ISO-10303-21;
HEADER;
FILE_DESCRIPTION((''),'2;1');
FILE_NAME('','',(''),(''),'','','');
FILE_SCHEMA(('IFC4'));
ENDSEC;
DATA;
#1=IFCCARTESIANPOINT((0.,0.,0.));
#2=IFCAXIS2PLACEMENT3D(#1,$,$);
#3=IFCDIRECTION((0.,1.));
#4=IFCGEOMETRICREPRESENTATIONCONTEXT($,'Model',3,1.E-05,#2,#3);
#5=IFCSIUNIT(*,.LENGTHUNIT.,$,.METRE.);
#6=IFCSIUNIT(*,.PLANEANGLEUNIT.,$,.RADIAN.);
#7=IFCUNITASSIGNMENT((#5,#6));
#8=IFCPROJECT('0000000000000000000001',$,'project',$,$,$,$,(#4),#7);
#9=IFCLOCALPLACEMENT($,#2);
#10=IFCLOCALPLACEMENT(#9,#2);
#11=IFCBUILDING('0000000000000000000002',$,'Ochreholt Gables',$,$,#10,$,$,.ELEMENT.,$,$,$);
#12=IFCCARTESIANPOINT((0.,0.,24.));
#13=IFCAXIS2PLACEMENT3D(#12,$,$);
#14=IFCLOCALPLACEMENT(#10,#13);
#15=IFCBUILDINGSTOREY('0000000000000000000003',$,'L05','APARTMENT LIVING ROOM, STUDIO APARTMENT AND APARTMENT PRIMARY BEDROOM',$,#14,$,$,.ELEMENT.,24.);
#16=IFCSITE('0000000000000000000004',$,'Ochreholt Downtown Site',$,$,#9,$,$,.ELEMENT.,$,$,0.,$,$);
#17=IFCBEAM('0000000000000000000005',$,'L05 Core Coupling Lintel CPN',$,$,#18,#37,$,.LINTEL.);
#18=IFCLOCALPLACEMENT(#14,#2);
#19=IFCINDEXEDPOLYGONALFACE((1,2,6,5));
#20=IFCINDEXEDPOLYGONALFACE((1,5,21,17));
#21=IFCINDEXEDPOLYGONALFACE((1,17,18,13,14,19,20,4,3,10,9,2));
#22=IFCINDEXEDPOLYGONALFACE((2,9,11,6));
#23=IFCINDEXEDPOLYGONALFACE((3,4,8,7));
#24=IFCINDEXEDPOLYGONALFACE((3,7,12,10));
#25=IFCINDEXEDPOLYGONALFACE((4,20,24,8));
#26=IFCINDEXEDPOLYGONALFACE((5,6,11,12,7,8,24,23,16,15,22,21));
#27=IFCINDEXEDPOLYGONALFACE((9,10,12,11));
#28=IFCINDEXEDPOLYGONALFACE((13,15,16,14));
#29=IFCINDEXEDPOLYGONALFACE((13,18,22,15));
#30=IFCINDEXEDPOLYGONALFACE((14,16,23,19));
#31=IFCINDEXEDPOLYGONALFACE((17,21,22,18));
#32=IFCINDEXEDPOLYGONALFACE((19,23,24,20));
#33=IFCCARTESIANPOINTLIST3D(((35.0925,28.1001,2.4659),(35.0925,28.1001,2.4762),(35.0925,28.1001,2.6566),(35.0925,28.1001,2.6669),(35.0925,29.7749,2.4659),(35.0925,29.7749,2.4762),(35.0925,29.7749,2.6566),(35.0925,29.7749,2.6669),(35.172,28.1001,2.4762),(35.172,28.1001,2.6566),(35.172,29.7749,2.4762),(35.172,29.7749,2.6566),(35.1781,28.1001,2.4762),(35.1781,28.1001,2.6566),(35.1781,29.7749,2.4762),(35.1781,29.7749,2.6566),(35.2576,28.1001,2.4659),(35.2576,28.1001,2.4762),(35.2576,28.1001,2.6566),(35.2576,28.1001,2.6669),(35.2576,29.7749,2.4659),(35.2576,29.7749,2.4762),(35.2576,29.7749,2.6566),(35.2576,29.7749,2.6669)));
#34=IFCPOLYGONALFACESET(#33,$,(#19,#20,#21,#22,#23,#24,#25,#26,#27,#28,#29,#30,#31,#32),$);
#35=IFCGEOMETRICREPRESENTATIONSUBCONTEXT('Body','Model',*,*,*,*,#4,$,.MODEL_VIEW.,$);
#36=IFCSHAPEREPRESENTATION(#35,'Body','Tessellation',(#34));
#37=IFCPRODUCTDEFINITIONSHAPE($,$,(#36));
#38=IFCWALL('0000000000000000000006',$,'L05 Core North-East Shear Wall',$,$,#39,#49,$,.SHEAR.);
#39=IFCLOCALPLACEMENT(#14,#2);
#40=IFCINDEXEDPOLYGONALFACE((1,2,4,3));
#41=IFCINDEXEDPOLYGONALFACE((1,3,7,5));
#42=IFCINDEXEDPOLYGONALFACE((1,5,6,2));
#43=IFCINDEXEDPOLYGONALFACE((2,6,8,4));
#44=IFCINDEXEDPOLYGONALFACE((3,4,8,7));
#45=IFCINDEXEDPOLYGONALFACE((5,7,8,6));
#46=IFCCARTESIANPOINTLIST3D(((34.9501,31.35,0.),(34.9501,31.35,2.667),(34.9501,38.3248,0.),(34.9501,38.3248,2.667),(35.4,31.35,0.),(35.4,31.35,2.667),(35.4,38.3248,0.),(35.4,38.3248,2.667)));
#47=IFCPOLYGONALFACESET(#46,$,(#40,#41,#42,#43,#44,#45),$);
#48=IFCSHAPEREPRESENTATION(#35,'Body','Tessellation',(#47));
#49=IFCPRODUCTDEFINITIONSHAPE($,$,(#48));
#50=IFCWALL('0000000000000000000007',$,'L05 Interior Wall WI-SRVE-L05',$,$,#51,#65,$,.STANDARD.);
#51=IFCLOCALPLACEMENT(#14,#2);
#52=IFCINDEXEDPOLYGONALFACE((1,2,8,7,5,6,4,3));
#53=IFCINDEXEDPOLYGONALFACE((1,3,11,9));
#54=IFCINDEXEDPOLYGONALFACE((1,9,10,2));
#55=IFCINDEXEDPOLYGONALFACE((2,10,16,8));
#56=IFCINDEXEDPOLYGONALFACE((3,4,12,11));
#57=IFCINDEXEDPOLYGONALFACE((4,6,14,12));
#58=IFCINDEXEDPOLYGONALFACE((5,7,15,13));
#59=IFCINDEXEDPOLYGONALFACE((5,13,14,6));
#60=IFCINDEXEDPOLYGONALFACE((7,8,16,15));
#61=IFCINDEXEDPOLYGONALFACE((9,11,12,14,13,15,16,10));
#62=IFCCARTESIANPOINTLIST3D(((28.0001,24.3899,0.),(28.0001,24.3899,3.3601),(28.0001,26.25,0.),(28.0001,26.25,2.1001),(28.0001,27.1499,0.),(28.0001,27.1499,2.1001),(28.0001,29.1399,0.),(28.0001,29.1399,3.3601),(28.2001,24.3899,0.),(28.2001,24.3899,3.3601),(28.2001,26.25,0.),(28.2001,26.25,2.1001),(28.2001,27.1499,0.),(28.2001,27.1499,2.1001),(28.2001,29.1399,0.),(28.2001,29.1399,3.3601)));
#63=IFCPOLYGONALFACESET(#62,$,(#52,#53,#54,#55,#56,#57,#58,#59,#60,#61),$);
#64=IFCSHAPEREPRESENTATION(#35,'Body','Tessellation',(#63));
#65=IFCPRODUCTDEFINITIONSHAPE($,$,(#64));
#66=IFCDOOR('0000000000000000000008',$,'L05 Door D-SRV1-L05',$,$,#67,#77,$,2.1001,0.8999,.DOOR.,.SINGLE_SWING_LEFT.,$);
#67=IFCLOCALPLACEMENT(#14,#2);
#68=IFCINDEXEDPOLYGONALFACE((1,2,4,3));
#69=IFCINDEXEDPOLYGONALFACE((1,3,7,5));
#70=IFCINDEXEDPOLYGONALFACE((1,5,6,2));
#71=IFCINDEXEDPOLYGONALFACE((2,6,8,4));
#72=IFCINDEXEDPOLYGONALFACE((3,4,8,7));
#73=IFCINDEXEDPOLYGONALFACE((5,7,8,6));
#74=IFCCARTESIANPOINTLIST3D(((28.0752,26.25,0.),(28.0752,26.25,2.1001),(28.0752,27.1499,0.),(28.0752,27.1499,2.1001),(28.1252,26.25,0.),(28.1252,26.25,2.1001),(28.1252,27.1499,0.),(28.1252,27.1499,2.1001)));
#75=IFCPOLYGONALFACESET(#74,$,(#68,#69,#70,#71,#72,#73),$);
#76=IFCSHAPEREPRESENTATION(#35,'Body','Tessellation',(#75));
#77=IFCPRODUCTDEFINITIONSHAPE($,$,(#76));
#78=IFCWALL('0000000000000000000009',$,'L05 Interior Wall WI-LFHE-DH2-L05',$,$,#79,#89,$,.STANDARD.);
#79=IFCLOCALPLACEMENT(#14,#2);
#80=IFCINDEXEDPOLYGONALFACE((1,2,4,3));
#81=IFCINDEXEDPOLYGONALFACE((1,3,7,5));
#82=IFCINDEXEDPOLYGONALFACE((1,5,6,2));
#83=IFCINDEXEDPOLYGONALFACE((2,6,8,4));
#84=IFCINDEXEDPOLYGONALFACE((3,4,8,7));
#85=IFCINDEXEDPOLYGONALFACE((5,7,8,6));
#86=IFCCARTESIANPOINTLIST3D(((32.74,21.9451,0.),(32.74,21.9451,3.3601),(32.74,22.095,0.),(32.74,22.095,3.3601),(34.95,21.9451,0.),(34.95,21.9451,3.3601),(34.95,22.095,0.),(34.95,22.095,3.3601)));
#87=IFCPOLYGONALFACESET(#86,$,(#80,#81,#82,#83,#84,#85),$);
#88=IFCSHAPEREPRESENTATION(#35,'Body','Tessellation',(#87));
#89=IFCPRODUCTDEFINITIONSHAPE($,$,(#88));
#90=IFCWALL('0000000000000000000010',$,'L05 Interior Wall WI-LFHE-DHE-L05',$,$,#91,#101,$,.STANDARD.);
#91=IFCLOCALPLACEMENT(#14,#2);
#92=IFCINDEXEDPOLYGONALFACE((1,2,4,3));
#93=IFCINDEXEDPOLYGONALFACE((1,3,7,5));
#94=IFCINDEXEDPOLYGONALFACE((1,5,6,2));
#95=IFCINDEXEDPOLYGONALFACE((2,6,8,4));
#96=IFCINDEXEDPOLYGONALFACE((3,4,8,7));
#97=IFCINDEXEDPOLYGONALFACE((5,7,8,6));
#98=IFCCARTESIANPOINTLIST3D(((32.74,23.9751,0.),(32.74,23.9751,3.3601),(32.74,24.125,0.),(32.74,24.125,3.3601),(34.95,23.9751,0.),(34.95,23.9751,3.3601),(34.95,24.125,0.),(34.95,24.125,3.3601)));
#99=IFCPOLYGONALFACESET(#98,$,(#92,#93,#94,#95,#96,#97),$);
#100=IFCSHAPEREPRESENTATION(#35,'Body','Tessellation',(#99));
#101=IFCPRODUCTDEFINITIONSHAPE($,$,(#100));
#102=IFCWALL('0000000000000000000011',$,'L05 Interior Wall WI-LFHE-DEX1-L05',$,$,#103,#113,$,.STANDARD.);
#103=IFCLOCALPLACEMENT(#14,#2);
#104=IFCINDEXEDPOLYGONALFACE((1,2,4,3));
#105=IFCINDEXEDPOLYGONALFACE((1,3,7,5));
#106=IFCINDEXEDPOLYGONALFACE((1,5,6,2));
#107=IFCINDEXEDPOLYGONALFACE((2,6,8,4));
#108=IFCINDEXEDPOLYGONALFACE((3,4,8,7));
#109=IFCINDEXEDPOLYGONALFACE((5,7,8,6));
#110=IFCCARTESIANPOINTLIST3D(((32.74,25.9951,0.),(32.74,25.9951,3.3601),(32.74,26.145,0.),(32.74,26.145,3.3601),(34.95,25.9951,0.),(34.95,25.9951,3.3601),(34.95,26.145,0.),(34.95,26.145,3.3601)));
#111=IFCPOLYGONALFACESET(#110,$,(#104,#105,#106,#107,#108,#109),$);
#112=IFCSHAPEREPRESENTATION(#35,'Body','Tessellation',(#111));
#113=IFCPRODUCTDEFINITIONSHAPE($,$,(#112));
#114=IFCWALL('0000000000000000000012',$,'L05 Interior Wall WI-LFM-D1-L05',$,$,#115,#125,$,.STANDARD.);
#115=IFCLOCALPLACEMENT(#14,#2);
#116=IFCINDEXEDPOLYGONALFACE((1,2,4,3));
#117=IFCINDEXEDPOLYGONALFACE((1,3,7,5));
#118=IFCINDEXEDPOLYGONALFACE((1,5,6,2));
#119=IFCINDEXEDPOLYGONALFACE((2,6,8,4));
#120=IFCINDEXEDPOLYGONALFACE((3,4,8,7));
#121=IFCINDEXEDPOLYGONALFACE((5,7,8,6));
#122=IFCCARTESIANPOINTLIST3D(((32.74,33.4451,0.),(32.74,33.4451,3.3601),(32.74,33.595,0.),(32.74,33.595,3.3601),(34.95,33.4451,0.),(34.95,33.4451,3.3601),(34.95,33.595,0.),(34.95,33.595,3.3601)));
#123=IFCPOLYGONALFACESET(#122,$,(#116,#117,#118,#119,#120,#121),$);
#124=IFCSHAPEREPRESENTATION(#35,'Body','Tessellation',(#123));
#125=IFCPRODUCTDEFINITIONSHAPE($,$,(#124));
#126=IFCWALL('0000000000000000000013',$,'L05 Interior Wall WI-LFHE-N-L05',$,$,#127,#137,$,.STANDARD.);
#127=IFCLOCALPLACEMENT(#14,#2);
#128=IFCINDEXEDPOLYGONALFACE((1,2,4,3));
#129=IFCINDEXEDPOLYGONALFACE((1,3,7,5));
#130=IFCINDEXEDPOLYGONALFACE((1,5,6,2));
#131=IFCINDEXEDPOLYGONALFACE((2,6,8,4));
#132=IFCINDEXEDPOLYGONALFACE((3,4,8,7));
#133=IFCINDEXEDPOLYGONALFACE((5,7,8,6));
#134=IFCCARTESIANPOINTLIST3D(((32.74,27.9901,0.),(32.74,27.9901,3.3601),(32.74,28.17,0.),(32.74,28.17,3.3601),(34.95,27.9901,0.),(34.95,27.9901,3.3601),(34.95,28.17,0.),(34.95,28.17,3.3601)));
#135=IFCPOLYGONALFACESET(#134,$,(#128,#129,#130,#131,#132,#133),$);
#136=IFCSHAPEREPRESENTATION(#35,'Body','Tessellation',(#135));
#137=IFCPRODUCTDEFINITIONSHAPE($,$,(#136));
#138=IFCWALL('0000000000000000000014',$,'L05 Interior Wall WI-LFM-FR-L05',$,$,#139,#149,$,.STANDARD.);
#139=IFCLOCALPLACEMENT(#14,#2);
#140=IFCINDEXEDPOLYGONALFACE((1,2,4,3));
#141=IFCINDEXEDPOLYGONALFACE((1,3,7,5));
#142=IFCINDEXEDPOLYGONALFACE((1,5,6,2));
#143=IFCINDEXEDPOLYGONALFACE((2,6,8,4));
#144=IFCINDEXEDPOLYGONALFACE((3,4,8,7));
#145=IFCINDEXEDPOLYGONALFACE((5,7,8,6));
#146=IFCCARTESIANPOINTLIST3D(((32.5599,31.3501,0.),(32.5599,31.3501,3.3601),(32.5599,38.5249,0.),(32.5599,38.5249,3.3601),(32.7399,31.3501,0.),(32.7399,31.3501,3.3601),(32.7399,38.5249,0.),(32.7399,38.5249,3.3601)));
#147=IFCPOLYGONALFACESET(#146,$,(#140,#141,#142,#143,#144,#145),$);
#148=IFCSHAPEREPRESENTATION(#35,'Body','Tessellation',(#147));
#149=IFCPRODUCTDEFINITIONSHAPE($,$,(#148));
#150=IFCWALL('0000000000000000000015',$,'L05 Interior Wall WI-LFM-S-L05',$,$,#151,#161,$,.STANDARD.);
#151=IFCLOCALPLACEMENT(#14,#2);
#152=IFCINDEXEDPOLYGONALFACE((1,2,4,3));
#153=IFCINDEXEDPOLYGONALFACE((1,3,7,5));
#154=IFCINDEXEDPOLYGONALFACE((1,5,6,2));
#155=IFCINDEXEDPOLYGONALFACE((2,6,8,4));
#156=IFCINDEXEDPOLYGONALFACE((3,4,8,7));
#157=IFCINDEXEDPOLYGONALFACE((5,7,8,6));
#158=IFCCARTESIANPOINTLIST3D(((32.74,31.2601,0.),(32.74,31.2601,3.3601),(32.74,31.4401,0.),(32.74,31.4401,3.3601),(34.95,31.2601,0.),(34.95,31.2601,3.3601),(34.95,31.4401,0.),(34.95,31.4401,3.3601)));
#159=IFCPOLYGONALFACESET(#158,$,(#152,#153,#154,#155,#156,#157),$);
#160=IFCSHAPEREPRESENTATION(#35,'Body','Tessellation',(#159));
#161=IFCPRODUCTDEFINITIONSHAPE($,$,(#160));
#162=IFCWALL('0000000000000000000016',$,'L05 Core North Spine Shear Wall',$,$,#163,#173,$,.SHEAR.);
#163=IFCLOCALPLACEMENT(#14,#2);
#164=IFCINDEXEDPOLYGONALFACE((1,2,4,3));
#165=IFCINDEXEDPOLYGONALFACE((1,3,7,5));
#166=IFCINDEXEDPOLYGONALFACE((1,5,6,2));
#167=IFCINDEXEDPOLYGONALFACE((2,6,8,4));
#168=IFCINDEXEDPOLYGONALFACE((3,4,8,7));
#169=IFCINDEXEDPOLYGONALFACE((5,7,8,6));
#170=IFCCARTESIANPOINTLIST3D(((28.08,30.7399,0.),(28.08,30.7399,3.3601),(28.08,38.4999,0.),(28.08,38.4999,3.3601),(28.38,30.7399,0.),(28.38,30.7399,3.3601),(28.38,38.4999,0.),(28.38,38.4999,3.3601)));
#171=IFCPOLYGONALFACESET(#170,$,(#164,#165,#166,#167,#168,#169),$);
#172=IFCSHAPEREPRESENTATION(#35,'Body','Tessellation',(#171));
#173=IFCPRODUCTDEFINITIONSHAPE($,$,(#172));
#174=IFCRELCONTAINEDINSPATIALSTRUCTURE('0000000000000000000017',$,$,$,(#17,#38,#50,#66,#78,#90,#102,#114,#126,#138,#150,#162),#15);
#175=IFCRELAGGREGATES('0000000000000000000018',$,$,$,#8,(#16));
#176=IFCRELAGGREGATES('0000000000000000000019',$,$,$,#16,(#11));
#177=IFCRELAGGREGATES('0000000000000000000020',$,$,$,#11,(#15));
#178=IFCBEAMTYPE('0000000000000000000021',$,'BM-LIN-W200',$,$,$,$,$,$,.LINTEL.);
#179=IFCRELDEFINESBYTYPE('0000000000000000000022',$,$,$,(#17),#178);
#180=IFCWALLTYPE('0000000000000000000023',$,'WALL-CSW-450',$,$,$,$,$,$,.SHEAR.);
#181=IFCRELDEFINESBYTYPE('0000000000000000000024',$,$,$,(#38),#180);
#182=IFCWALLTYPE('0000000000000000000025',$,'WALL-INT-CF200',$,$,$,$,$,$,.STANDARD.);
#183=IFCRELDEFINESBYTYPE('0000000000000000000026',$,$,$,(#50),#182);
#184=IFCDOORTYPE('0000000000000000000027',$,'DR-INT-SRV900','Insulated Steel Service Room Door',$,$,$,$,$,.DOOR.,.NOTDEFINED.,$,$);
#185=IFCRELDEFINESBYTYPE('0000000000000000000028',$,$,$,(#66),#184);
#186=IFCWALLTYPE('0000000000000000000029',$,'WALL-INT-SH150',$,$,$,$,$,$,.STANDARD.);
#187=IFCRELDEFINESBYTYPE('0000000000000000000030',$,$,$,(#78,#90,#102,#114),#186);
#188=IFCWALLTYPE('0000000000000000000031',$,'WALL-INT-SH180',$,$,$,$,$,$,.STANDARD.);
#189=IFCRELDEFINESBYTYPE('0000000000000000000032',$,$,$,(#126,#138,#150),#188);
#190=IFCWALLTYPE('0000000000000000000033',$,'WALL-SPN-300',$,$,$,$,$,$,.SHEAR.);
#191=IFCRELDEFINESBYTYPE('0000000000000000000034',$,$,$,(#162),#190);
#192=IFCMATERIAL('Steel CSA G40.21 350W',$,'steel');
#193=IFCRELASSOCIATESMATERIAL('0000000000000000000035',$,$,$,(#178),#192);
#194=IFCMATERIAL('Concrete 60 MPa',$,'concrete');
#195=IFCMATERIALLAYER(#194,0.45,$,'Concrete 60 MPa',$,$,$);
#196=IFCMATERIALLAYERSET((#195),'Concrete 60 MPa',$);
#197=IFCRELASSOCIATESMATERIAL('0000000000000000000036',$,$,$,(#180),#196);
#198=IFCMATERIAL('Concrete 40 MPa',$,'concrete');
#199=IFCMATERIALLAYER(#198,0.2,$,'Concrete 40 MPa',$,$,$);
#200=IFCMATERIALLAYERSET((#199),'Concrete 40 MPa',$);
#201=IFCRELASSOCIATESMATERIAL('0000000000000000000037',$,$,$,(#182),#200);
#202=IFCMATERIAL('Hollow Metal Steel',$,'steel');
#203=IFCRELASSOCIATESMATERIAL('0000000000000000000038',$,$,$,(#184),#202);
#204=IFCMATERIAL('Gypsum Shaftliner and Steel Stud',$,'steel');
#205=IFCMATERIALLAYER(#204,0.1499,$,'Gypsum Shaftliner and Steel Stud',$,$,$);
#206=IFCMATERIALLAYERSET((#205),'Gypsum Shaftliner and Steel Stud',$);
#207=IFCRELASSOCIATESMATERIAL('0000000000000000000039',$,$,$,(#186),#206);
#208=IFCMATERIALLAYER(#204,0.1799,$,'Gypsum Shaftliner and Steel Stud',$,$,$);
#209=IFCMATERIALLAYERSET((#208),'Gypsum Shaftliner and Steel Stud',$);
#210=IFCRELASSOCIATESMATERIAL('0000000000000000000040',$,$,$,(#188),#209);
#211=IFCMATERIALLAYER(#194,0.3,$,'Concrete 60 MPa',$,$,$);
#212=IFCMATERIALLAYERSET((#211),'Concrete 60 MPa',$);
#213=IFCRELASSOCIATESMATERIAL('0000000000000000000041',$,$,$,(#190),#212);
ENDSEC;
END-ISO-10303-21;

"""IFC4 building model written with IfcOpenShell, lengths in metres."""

from ifc_helpers import new_model, si_unit, direction, frame, frame_2d, origin, origin_2d, place, context, subcontext, project, spatial, rectangle, i_section, extrude, material, layer, layer_set, material_profile, profile_set, type_object, element, fill, save


model = new_model("IFC4")

# Units and contexts
model_context = context("Model", 3, precision=1e-05, world=origin(), true_north=direction((0.0, 1.0)))
body_context = subcontext(model_context, "Body", "Model", "MODEL_VIEW")
ifc_project = project(units=[si_unit("LENGTHUNIT", "METRE"), si_unit("PLANEANGLEUNIT", "RADIAN")], contexts=[model_context])

# Site, building, storey
site_placement = place(None, origin())
site = spatial("IfcSite", under=ifc_project, at=site_placement, Name="Ochreholt Downtown Site", CompositionType="ELEMENT", RefElevation=0.0)
building_placement = place(site_placement, origin())
building = spatial("IfcBuilding", under=site, at=building_placement, Name="Ochreholt Gables", CompositionType="ELEMENT")
storey_placement = place(building_placement, frame((0.0, 0.0, 24.0)))
storey = spatial("IfcBuildingStorey", under=building, at=storey_placement, Name="L05", Description="APARTMENT LIVING ROOM, STUDIO APARTMENT AND APARTMENT PRIMARY BEDROOM", CompositionType="ELEMENT", Elevation=24.0)

# Beam
ifc_material_1 = material(Name="Steel CSA G40.21 350W", Category="steel")
ifc_material_profile = material_profile(ifc_material_1, i_section(OverallWidth=0.165, OverallDepth=0.2009, WebThickness=0.0061, FlangeThickness=0.0103, at=origin_2d()), Name="W200X36")
ifc_profile_set = profile_set([ifc_material_profile], Name="Steel CSA G40.21 350W")
beam_type = type_object("IfcBeamType", Name="BM-LIN-W200", PredefinedType="LINTEL", material=ifc_profile_set)
beam_placement = place(storey_placement, frame((35.175, 28.1001, 2.5664), z_axis=(0.0, 1.0, 0.0), x_axis=(-1.0, 0.0, 0.0)))
element("IfcBeam", 1, at=beam_placement, inside=storey, type_object=beam_type, Name="L05 Core Coupling Lintel CPN", PredefinedType="LINTEL", context=body_context, shape_type="SweptSolid", body=[
    extrude(i_section(OverallWidth=0.165, OverallDepth=0.2009, WebThickness=0.0061, FlangeThickness=0.0103, at=origin_2d()), origin(), (0.0, 0.0, 1.0), 1.6748),
])

# Wall
ifc_material_2 = material(Name="Concrete 60 MPa", Category="concrete")
ifc_layer_1 = layer(ifc_material_2, 0.45, Name="Concrete 60 MPa")
ifc_layer_set_1 = layer_set([ifc_layer_1], Name="Concrete 60 MPa")
wall_type_1 = type_object("IfcWallType", Name="WALL-CSW-450", PredefinedType="SHEAR", material=ifc_layer_set_1)
wall_1_placement = place(storey_placement, frame((35.175, 31.3501, 0.0), z_axis=(0.0, 0.0, 1.0), x_axis=(0.0, 1.0, 0.0)))
element("IfcWall", 2, at=wall_1_placement, inside=storey, type_object=wall_type_1, Name="L05 Core North-East Shear Wall", PredefinedType="SHEAR", context=body_context, shape_type="SweptSolid", body=[
    extrude(rectangle(XDim=6.9749, YDim=0.45, at=frame_2d((3.4873, 0.0))), origin(), (0.0, 0.0, 1.0), 2.667),
])

# Wall, opening, door
ifc_material_3 = material(Name="Concrete 40 MPa", Category="concrete")
ifc_layer_2 = layer(ifc_material_3, 0.2, Name="Concrete 40 MPa")
ifc_layer_set_2 = layer_set([ifc_layer_2], Name="Concrete 40 MPa")
wall_type_2 = type_object("IfcWallType", Name="WALL-INT-CF200", PredefinedType="STANDARD", material=ifc_layer_set_2)
wall_2_placement = place(storey_placement, frame((28.1001, 24.3899, 0.0), z_axis=(0.0, 0.0, 1.0), x_axis=(0.0, 1.0, 0.0)))
wall_2 = element("IfcWall", 3, at=wall_2_placement, inside=storey, type_object=wall_type_2, Name="L05 Interior Wall WI-SRVE-L05", PredefinedType="STANDARD", context=body_context, shape_type="SweptSolid", body=[
    extrude(rectangle(XDim=4.75, YDim=0.2, at=frame_2d((2.375, 0.0))), origin(), (0.0, 0.0, 1.0), 3.3601),
])
opening_1_placement = place(wall_2_placement, frame((1.8601, 0.0, 0.0)))
opening_1 = element("IfcOpeningElement", 4, at=opening_1_placement, cuts=wall_2, PredefinedType="OPENING", context=body_context, shape_type="SweptSolid", body=[
    extrude(rectangle(XDim=0.8999, YDim=2.1001, at=frame_2d((0.45, 1.05))), frame((0.0, 0.1099, 0.0), z_axis=(0.0, -1.0, 0.0), x_axis=(1.0, 0.0, 0.0)), (0.0, 0.0, 1.0), 0.22),
])
ifc_material_4 = material(Name="Hollow Metal Steel", Category="steel")
door_type_1 = type_object("IfcDoorType", Name="DR-INT-SRV900", Description="Insulated Steel Service Room Door", OperationType="NOTDEFINED", PredefinedType="DOOR", material=ifc_material_4)
door_1_placement = place(opening_1_placement, origin())
door_1 = element("IfcDoor", 5, at=door_1_placement, inside=storey, type_object=door_type_1, Name="L05 Door D-SRV1-L05", OperationType="SINGLE_SWING_LEFT", OverallHeight=2.1001, OverallWidth=0.8999, PredefinedType="DOOR", context=body_context, shape_type="SweptSolid", body=[
    extrude(rectangle(XDim=0.8999, YDim=2.1001, at=frame_2d((0.45, 1.05))), frame((0.0, 0.0249, 0.0), z_axis=(0.0, -1.0, 0.0), x_axis=(1.0, 0.0, 0.0)), (0.0, 0.0, 1.0), 0.05),
])
fill(opening_1, door_1)

# Walls
ifc_material_5 = material(Name="Gypsum Shaftliner and Steel Stud", Category="steel")
ifc_layer_3 = layer(ifc_material_5, 0.1499, Name="Gypsum Shaftliner and Steel Stud")
ifc_layer_set_3 = layer_set([ifc_layer_3], Name="Gypsum Shaftliner and Steel Stud")
wall_type_3 = type_object("IfcWallType", Name="WALL-INT-SH150", PredefinedType="STANDARD", material=ifc_layer_set_3)
for number, where, z_axis, x_axis, name in (
    (6, (32.74, 22.02, 0.0), (0.0, 0.0, 1.0), (1.0, 0.0, 0.0), "L05 Interior Wall WI-LFHE-DH2-L05"),
    (7, (32.74, 24.05, 0.0), (0.0, 0.0, 1.0), (1.0, 0.0, 0.0), "L05 Interior Wall WI-LFHE-DHE-L05"),
    (8, (32.74, 26.0701, 0.0), (0.0, 0.0, 1.0), (1.0, 0.0, 0.0), "L05 Interior Wall WI-LFHE-DEX1-L05"),
    (9, (32.74, 33.52, 0.0), (0.0, 0.0, 1.0), (1.0, 0.0, 0.0), "L05 Interior Wall WI-LFM-D1-L05"),
):
    element("IfcWall", number, at=place(storey_placement, frame(where, z_axis=z_axis, x_axis=x_axis)), inside=storey, type_object=wall_type_3, Name=name, PredefinedType="STANDARD", context=body_context, shape_type="SweptSolid", body=[
        extrude(rectangle(XDim=2.21, YDim=0.1499, at=frame_2d((1.105, 0.0))), origin(), (0.0, 0.0, 1.0), 3.3601),
    ])
ifc_layer_4 = layer(ifc_material_5, 0.1799, Name="Gypsum Shaftliner and Steel Stud")
ifc_layer_set_4 = layer_set([ifc_layer_4], Name="Gypsum Shaftliner and Steel Stud")
wall_type_4 = type_object("IfcWallType", Name="WALL-INT-SH180", PredefinedType="STANDARD", material=ifc_layer_set_4)
wall_3_placement = place(storey_placement, frame((32.74, 28.0801, 0.0), z_axis=(0.0, 0.0, 1.0), x_axis=(1.0, 0.0, 0.0)))
element("IfcWall", 10, at=wall_3_placement, inside=storey, type_object=wall_type_4, Name="L05 Interior Wall WI-LFHE-N-L05", PredefinedType="STANDARD", context=body_context, shape_type="SweptSolid", body=[
    extrude(rectangle(XDim=2.21, YDim=0.1799, at=frame_2d((1.105, 0.0))), origin(), (0.0, 0.0, 1.0), 3.3601),
])
wall_4_placement = place(storey_placement, frame((32.6499, 31.3501, 0.0), z_axis=(0.0, 0.0, 1.0), x_axis=(0.0, 1.0, 0.0)))
element("IfcWall", 11, at=wall_4_placement, inside=storey, type_object=wall_type_4, Name="L05 Interior Wall WI-LFM-FR-L05", PredefinedType="STANDARD", context=body_context, shape_type="SweptSolid", body=[
    extrude(rectangle(XDim=7.1748, YDim=0.1799, at=frame_2d((3.5874, 0.0))), origin(), (0.0, 0.0, 1.0), 3.3601),
])
wall_5_placement = place(storey_placement, frame((32.74, 31.3501, 0.0), z_axis=(0.0, 0.0, 1.0), x_axis=(1.0, 0.0, 0.0)))
element("IfcWall", 12, at=wall_5_placement, inside=storey, type_object=wall_type_4, Name="L05 Interior Wall WI-LFM-S-L05", PredefinedType="STANDARD", context=body_context, shape_type="SweptSolid", body=[
    extrude(rectangle(XDim=2.21, YDim=0.1799, at=frame_2d((1.105, 0.0))), origin(), (0.0, 0.0, 1.0), 3.3601),
])
ifc_layer_5 = layer(ifc_material_2, 0.3, Name="Concrete 60 MPa")
ifc_layer_set_5 = layer_set([ifc_layer_5], Name="Concrete 60 MPa")
wall_type_5 = type_object("IfcWallType", Name="WALL-SPN-300", PredefinedType="SHEAR", material=ifc_layer_set_5)
wall_6_placement = place(storey_placement, frame((28.23, 30.74, 0.0), z_axis=(0.0, 0.0, 1.0), x_axis=(0.0, 1.0, 0.0)))
element("IfcWall", 13, at=wall_6_placement, inside=storey, type_object=wall_type_5, Name="L05 Core North Spine Shear Wall", PredefinedType="SHEAR", context=body_context, shape_type="SweptSolid", body=[
    extrude(rectangle(XDim=7.76, YDim=0.3, at=frame_2d((3.8799, 0.0))), origin(), (0.0, 0.0, 1.0), 3.3601),
])

save(model, "model.ifc")
